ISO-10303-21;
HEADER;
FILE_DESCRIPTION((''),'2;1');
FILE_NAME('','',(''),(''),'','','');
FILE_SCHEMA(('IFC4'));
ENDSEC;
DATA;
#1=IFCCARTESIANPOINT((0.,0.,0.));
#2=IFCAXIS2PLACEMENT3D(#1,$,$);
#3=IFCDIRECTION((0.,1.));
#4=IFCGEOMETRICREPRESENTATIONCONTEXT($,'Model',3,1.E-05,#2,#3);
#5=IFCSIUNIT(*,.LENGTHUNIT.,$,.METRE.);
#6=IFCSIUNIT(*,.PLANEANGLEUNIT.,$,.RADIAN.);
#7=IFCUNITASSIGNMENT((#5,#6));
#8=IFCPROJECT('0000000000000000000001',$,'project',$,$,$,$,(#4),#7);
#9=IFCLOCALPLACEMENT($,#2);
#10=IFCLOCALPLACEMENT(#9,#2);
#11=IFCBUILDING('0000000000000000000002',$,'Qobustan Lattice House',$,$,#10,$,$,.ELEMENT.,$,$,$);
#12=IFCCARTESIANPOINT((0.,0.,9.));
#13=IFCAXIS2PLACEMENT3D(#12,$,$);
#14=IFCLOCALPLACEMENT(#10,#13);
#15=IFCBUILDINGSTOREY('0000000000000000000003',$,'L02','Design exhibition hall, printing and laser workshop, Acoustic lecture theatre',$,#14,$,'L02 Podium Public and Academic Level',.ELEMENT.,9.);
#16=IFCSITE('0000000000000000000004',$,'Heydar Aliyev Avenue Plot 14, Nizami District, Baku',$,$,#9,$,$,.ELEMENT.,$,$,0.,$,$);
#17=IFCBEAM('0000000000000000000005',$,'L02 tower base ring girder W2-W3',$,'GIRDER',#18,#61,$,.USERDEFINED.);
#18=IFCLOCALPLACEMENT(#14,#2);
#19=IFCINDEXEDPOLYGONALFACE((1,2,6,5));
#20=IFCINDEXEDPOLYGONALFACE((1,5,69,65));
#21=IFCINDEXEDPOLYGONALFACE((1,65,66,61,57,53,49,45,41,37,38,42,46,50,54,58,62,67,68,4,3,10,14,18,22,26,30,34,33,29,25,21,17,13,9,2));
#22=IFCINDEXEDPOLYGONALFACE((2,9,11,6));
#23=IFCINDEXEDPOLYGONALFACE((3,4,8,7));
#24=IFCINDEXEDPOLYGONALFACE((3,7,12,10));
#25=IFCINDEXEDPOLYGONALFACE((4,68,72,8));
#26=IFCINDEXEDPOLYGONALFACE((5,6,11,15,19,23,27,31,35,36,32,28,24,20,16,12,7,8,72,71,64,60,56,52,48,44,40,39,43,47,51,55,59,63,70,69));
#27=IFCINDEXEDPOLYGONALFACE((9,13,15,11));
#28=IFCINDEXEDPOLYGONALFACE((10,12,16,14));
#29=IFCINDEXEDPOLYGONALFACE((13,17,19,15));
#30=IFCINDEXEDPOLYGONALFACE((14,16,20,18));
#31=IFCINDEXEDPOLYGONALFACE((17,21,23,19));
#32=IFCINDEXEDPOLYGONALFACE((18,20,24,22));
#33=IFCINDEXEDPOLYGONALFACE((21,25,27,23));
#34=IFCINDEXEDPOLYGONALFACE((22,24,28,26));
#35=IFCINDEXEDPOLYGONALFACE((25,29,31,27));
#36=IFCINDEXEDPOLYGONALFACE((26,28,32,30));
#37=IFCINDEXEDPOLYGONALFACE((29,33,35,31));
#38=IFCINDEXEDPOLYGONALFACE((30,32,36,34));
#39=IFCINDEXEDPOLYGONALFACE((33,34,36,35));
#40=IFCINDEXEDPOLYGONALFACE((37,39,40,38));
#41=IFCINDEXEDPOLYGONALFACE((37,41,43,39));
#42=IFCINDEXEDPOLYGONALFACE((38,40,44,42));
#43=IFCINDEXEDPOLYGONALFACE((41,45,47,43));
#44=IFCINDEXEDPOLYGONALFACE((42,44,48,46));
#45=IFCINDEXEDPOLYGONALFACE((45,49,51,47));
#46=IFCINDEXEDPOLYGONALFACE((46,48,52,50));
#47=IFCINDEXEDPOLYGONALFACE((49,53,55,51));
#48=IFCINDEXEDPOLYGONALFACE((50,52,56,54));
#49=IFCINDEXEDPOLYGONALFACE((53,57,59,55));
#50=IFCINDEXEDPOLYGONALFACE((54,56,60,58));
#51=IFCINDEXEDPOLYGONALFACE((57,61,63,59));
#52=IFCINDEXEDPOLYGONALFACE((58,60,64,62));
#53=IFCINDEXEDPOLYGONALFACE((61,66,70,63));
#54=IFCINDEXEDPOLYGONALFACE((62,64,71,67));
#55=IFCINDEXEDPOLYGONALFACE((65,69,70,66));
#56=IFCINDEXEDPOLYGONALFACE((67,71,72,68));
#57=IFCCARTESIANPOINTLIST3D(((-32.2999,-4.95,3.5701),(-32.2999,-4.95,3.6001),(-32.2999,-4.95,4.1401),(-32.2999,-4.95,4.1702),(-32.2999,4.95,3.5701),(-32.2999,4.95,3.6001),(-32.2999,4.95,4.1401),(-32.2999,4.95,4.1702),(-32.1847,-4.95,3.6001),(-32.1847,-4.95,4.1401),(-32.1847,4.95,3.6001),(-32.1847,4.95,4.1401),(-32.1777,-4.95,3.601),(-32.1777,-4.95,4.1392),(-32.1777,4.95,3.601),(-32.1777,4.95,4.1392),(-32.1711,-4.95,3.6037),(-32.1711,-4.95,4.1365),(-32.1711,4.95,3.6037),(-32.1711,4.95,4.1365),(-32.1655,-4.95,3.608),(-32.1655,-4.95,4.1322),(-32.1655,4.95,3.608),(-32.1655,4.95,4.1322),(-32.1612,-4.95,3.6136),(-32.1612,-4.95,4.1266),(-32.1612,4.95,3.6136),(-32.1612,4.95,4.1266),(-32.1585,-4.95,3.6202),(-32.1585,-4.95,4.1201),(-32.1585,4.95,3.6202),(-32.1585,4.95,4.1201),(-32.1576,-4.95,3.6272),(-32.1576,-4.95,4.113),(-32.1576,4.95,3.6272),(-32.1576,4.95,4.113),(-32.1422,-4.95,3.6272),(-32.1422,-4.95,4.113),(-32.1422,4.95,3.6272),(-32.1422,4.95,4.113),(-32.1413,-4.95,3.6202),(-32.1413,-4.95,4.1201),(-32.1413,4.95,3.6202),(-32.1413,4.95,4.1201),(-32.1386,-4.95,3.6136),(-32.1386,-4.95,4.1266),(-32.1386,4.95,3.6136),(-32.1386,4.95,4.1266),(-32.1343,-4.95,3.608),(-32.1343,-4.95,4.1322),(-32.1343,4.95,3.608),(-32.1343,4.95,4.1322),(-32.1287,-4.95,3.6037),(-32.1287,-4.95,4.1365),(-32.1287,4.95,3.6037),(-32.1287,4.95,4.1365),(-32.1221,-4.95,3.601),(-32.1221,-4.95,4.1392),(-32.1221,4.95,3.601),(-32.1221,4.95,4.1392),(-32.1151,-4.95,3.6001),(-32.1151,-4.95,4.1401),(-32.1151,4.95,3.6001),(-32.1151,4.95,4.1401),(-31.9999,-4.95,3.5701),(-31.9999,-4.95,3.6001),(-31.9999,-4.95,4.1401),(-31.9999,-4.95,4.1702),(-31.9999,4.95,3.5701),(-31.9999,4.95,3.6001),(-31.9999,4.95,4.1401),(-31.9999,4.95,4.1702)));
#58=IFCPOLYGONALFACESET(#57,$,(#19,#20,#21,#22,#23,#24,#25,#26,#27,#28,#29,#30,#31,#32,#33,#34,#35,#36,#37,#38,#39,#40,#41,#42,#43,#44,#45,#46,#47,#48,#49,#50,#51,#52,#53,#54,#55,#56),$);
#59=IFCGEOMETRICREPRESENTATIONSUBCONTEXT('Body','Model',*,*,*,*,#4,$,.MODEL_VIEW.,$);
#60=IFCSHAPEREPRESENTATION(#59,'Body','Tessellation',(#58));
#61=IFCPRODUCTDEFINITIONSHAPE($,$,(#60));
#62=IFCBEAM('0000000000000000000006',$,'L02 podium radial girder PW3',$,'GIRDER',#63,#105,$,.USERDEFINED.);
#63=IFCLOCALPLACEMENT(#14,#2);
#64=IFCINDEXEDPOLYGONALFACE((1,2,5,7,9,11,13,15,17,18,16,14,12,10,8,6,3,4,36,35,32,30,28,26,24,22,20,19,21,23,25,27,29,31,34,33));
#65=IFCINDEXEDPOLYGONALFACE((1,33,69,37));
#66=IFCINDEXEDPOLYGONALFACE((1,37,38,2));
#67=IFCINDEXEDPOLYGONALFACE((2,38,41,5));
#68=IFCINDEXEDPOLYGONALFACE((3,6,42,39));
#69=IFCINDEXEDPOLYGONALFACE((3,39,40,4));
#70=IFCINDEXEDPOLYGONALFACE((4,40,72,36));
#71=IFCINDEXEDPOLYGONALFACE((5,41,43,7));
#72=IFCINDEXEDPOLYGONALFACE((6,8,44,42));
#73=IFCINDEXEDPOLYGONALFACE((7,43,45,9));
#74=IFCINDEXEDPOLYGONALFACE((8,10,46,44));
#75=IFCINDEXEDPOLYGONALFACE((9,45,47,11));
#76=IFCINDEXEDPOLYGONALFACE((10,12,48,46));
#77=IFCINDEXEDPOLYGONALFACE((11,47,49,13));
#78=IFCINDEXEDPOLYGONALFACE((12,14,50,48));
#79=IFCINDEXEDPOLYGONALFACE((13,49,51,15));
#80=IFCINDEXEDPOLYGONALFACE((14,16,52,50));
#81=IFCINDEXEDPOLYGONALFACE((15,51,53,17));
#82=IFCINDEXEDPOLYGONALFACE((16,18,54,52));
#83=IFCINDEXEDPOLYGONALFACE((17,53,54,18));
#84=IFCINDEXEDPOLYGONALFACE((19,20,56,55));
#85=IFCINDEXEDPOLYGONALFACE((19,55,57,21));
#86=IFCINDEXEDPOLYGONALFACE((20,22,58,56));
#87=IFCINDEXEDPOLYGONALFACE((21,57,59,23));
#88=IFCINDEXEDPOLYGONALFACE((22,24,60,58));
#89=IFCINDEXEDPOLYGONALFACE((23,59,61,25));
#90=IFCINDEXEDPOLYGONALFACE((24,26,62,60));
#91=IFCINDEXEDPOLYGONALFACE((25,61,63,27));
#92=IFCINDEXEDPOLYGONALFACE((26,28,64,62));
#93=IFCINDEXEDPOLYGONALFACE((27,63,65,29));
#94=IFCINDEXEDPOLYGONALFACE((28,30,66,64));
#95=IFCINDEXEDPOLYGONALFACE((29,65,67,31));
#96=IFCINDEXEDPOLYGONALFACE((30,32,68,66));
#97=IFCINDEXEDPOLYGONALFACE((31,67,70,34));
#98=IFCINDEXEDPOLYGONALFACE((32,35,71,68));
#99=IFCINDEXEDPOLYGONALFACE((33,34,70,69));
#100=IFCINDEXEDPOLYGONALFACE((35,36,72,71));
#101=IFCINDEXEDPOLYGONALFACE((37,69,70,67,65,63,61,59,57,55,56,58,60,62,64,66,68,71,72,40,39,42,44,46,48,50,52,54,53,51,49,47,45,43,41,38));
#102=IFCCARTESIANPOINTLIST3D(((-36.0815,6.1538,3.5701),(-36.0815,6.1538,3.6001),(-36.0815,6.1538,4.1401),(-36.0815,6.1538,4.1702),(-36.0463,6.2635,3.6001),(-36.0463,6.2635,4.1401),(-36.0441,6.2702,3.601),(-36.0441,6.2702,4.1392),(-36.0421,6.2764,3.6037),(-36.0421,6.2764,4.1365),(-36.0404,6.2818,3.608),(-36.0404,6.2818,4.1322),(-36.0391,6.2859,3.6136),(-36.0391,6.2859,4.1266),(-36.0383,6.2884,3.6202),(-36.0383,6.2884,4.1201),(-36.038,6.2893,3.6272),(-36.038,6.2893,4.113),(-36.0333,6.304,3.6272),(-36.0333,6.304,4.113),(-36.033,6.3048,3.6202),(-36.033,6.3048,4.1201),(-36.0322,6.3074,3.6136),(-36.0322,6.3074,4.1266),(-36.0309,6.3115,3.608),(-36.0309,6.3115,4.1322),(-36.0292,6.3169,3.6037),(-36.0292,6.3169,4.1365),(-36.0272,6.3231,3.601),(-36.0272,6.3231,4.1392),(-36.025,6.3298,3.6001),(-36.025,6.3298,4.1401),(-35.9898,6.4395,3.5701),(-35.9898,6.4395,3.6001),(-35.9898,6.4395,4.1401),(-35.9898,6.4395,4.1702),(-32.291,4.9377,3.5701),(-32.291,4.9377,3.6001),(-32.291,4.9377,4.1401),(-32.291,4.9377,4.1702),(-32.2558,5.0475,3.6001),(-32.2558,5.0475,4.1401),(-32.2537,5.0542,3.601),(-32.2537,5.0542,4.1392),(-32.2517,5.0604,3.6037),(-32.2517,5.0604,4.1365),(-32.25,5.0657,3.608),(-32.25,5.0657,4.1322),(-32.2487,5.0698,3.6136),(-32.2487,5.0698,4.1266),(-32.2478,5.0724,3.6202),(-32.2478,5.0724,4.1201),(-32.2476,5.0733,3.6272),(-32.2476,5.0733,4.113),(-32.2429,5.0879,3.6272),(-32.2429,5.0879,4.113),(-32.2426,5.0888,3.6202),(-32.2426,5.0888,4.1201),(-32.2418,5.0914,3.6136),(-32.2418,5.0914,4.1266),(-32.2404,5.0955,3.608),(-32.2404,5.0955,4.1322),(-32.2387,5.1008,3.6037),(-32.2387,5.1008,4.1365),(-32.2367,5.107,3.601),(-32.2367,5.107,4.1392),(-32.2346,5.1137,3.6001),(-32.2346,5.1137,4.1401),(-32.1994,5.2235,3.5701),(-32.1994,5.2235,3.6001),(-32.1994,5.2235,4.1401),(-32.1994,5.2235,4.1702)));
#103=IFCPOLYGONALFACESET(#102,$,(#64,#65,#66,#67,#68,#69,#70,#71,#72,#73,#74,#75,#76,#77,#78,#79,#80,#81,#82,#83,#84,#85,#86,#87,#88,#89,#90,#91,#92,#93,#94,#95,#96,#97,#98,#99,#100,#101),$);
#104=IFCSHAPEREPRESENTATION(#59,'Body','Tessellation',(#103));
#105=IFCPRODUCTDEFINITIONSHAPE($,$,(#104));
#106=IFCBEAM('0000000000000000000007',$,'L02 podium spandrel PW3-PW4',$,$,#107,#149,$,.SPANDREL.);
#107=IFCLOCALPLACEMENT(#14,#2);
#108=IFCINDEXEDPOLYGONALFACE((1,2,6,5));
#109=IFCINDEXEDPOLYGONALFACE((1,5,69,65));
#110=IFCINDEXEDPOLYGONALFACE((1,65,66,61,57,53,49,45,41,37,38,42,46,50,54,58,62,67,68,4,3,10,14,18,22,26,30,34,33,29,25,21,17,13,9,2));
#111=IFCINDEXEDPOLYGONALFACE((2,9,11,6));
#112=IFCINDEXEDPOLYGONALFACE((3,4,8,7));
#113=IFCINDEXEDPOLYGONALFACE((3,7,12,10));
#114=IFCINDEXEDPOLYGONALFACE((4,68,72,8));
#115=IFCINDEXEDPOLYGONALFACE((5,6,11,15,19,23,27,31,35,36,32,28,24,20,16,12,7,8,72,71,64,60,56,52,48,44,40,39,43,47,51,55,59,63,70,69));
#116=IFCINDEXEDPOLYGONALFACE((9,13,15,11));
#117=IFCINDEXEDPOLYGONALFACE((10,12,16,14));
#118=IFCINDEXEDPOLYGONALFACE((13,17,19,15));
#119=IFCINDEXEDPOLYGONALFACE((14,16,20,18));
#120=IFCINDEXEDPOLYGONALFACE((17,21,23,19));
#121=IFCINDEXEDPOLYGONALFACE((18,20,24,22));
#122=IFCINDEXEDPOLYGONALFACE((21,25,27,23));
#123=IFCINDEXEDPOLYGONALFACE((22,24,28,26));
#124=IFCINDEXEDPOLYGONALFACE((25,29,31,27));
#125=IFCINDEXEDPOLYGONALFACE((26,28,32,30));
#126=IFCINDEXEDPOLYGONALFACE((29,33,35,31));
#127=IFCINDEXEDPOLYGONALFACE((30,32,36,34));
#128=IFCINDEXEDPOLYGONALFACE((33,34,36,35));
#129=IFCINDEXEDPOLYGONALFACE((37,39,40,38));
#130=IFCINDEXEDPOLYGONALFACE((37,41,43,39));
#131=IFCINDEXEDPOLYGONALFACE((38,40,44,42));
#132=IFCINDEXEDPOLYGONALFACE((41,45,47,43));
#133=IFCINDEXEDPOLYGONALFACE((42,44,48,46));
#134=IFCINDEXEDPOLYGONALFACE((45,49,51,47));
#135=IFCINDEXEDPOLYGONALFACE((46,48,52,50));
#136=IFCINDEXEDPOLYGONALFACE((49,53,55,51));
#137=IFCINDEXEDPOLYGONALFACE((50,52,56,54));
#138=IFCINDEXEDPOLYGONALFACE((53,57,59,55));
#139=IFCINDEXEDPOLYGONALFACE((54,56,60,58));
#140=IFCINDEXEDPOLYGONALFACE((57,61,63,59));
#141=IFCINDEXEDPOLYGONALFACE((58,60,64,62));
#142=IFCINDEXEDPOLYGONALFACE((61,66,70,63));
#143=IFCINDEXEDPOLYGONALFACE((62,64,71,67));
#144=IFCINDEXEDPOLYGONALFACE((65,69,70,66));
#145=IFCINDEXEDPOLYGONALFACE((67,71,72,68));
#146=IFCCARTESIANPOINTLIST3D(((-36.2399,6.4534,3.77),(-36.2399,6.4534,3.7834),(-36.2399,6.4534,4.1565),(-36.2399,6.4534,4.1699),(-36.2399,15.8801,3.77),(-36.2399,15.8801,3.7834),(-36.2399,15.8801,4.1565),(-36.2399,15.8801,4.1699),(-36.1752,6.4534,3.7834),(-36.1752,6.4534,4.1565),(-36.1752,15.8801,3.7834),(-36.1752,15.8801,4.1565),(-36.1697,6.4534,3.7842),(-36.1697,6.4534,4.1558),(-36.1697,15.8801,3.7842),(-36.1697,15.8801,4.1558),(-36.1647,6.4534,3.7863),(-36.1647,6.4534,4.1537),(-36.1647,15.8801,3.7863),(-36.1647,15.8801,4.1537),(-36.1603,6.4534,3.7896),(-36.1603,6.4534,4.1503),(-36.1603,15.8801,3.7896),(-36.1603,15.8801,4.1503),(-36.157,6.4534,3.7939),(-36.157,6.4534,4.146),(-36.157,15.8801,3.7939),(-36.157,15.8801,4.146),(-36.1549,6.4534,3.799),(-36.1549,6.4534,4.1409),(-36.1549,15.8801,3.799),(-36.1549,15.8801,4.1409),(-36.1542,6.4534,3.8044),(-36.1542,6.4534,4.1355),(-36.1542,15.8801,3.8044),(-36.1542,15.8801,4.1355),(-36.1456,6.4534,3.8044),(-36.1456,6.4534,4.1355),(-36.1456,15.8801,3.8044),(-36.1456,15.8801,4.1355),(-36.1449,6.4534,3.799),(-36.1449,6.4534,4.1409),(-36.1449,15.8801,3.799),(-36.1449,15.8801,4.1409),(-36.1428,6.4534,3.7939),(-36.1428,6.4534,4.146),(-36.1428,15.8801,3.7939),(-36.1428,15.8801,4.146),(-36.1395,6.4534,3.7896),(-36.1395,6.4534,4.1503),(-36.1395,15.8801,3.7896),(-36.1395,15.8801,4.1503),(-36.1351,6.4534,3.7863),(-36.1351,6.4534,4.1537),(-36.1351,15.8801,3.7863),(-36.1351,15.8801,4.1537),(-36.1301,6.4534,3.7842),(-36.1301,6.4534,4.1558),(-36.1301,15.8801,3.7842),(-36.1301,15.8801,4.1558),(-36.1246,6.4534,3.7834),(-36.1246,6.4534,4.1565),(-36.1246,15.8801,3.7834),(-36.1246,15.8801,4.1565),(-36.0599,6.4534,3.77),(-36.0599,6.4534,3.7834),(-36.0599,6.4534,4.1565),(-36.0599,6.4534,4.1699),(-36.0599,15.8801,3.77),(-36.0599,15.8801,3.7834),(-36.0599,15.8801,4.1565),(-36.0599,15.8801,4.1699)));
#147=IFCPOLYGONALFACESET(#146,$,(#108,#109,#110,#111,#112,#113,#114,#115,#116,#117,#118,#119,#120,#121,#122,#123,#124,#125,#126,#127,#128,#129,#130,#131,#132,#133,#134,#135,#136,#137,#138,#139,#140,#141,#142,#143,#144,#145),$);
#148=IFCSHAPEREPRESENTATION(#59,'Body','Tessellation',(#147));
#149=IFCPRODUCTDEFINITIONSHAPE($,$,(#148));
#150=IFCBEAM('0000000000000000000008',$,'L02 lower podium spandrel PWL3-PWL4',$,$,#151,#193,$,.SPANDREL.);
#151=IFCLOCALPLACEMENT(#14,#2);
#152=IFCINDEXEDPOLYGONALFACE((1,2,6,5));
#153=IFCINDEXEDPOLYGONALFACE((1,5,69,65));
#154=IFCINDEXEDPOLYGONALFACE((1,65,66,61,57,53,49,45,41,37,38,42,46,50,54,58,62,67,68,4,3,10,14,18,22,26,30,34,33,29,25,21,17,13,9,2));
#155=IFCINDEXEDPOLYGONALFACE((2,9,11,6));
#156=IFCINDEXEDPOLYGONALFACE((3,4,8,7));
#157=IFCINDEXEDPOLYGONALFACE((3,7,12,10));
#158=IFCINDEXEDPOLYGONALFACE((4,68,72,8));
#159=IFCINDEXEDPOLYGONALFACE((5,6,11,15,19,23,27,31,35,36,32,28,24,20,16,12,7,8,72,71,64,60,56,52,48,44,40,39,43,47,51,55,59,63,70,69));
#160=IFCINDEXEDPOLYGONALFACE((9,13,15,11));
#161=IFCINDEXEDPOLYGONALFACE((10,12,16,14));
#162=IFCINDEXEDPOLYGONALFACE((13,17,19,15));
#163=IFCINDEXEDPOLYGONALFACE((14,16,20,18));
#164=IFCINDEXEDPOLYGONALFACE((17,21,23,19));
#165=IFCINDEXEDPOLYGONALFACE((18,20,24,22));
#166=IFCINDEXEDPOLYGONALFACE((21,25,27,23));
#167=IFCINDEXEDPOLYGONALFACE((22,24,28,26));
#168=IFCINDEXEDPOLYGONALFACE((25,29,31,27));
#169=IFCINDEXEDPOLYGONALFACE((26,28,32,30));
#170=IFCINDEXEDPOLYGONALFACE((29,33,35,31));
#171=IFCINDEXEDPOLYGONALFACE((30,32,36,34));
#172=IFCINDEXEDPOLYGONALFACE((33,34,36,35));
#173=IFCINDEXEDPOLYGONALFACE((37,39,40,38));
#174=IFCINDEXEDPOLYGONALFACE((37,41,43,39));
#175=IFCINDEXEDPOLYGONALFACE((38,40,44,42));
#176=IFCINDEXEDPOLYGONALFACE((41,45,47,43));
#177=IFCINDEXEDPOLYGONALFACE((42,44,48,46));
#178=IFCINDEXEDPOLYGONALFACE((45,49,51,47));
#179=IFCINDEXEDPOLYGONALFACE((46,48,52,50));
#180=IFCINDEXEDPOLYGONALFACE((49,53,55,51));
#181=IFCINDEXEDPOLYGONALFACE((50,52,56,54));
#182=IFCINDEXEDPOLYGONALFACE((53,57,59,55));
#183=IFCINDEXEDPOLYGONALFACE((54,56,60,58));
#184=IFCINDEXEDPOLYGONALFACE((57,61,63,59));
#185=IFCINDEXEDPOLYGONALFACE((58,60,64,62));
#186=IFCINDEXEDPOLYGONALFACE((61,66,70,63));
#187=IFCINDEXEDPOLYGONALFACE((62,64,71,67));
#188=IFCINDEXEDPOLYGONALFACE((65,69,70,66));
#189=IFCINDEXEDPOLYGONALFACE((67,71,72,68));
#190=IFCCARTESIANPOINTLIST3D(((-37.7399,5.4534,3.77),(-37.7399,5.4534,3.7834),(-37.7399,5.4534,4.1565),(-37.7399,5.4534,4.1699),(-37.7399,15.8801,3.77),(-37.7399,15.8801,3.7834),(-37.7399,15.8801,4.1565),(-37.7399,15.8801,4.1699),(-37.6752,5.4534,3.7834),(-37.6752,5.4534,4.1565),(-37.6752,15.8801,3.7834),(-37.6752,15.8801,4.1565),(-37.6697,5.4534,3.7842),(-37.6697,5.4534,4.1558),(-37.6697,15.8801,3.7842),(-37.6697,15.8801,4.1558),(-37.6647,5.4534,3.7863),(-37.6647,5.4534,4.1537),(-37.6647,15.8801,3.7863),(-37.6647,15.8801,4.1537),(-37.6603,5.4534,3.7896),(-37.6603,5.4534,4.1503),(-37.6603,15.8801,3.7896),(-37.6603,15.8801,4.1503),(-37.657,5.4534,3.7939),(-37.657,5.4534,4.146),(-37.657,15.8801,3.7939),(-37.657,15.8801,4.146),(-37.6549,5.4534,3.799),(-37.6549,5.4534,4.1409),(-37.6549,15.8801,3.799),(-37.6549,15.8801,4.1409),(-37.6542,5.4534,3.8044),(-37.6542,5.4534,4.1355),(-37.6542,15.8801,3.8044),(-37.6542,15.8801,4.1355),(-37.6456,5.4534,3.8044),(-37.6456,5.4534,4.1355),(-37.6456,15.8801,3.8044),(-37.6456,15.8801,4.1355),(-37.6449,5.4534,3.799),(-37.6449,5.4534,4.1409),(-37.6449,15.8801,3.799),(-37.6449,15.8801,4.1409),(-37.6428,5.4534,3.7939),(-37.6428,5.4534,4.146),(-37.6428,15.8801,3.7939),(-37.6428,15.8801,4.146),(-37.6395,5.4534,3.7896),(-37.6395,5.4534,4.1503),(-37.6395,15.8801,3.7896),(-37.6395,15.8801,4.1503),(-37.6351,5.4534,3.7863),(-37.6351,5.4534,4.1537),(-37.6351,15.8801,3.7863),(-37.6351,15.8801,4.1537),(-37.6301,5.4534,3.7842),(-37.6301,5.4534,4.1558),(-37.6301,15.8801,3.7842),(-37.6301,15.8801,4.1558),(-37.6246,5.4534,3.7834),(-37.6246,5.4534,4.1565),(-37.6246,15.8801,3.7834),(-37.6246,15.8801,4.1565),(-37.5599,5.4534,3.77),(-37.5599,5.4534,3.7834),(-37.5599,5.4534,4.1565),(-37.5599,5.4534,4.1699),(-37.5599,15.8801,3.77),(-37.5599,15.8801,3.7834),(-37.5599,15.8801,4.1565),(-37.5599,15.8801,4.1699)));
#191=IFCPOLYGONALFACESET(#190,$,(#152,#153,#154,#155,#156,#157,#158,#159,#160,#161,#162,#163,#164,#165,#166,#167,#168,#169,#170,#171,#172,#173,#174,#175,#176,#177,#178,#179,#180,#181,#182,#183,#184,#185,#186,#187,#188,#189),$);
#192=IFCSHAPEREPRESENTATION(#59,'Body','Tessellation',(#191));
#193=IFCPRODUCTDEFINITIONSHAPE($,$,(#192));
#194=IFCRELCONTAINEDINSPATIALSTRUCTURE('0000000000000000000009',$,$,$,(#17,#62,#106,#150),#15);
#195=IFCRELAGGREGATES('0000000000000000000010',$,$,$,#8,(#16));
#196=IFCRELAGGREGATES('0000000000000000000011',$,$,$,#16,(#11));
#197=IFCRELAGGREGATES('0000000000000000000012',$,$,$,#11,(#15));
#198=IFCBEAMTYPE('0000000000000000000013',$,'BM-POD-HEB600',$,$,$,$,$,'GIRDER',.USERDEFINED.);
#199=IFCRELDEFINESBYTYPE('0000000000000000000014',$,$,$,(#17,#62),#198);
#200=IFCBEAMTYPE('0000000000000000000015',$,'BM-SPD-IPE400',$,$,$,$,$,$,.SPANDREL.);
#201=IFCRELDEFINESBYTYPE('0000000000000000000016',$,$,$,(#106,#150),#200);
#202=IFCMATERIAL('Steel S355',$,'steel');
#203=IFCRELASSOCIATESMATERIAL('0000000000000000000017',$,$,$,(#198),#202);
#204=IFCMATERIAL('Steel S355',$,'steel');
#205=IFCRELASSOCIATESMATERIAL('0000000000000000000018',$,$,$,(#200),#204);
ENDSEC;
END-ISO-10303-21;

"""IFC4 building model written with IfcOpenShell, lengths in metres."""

from ifc_helpers import new_model, si_unit, direction, frame, origin, origin_2d, place, context, subcontext, project, spatial, i_section, extrude, material, material_profile, profile_set, type_object, element, save


model = new_model("IFC4")

# Units and contexts
model_context = context("Model", 3, precision=1e-05, world=origin(), true_north=direction((0.0, 1.0)))
body_context = subcontext(model_context, "Body", "Model", "MODEL_VIEW")
ifc_project = project(units=[si_unit("LENGTHUNIT", "METRE"), si_unit("PLANEANGLEUNIT", "RADIAN")], contexts=[model_context])

# Site, building, storey
site_placement = place(None, origin())
site = spatial("IfcSite", under=ifc_project, at=site_placement, Name="Heydar Aliyev Avenue Plot 14, Nizami District, Baku", CompositionType="ELEMENT", RefElevation=0.0)
building_placement = place(site_placement, origin())
building = spatial("IfcBuilding", under=site, at=building_placement, Name="Qobustan Lattice House", CompositionType="ELEMENT")
storey_placement = place(building_placement, frame((0.0, 0.0, 9.0)))
storey = spatial("IfcBuildingStorey", under=building, at=storey_placement, Name="L02", Description="Design exhibition hall, printing and laser workshop, Acoustic lecture theatre", LongName="L02 Podium Public and Academic Level", CompositionType="ELEMENT", Elevation=9.0)

# Beams
ifc_material_1 = material(Name="Steel S355", Category="steel")
ifc_material_profile_1 = material_profile(ifc_material_1, i_section(OverallWidth=0.3, OverallDepth=0.6001, WebThickness=0.0154, FlangeThickness=0.03, FilletRadius=0.0271, at=origin_2d()), Name="HEB600")
ifc_profile_set_1 = profile_set([ifc_material_profile_1], Name="Steel S355")
beam_type_1 = type_object("IfcBeamType", Name="BM-POD-HEB600", ElementType="GIRDER", PredefinedType="USERDEFINED", material=ifc_profile_set_1)
beam_1_placement = place(storey_placement, frame((-32.1499, 4.95, 3.8701), z_axis=(0.0, -1.0, 0.0), x_axis=(1.0, 0.0, 0.0)))
element("IfcBeam", 1, at=beam_1_placement, inside=storey, type_object=beam_type_1, Name="L02 tower base ring girder W2-W3", ObjectType="GIRDER", PredefinedType="USERDEFINED", context=body_context, shape_type="SweptSolid", body=[
    extrude(i_section(OverallWidth=0.3, OverallDepth=0.6001, WebThickness=0.0154, FlangeThickness=0.03, FilletRadius=0.0271, at=origin_2d()), origin(), (0.0, 0.0, 1.0), 9.8999),
])
beam_2_placement = place(storey_placement, frame((-36.0356, 6.2966, 3.8701), z_axis=(0.952198, -0.305481, 0.0), x_axis=(0.305481, 0.952198, 0.0)))
element("IfcBeam", 2, at=beam_2_placement, inside=storey, type_object=beam_type_1, Name="L02 podium radial girder PW3", ObjectType="GIRDER", PredefinedType="USERDEFINED", context=body_context, shape_type="SweptSolid", body=[
    extrude(i_section(OverallWidth=0.3, OverallDepth=0.6001, WebThickness=0.0154, FlangeThickness=0.03, FilletRadius=0.0271, at=origin_2d()), origin(), (0.0, 0.0, 1.0), 3.9807),
])
ifc_material_2 = material(Name="Steel S355", Category="steel")
ifc_material_profile_2 = material_profile(ifc_material_2, i_section(OverallWidth=0.1799, OverallDepth=0.3999, WebThickness=0.0085, FlangeThickness=0.0134, FilletRadius=0.021, at=origin_2d()), Name="IPE400")
ifc_profile_set_2 = profile_set([ifc_material_profile_2], Name="Steel S355")
beam_type_2 = type_object("IfcBeamType", Name="BM-SPD-IPE400", PredefinedType="SPANDREL", material=ifc_profile_set_2)
beam_3_placement = place(storey_placement, frame((-36.1499, 6.4534, 3.97), z_axis=(0.0, 1.0, 0.0), x_axis=(-1.0, 0.0, 0.0)))
element("IfcBeam", 3, at=beam_3_placement, inside=storey, type_object=beam_type_2, Name="L02 podium spandrel PW3-PW4", PredefinedType="SPANDREL", context=body_context, shape_type="SweptSolid", body=[
    extrude(i_section(OverallWidth=0.1799, OverallDepth=0.3999, WebThickness=0.0085, FlangeThickness=0.0134, FilletRadius=0.021, at=origin_2d()), origin(), (0.0, 0.0, 1.0), 9.4268),
])
beam_4_placement = place(storey_placement, frame((-37.6499, 5.4534, 3.97), z_axis=(0.0, 1.0, 0.0), x_axis=(-1.0, 0.0, 0.0)))
element("IfcBeam", 4, at=beam_4_placement, inside=storey, type_object=beam_type_2, Name="L02 lower podium spandrel PWL3-PWL4", PredefinedType="SPANDREL", context=body_context, shape_type="SweptSolid", body=[
    extrude(i_section(OverallWidth=0.1799, OverallDepth=0.3999, WebThickness=0.0085, FlangeThickness=0.0134, FilletRadius=0.021, at=origin_2d()), origin(), (0.0, 0.0, 1.0), 10.4268),
])

save(model, "model.ifc")
